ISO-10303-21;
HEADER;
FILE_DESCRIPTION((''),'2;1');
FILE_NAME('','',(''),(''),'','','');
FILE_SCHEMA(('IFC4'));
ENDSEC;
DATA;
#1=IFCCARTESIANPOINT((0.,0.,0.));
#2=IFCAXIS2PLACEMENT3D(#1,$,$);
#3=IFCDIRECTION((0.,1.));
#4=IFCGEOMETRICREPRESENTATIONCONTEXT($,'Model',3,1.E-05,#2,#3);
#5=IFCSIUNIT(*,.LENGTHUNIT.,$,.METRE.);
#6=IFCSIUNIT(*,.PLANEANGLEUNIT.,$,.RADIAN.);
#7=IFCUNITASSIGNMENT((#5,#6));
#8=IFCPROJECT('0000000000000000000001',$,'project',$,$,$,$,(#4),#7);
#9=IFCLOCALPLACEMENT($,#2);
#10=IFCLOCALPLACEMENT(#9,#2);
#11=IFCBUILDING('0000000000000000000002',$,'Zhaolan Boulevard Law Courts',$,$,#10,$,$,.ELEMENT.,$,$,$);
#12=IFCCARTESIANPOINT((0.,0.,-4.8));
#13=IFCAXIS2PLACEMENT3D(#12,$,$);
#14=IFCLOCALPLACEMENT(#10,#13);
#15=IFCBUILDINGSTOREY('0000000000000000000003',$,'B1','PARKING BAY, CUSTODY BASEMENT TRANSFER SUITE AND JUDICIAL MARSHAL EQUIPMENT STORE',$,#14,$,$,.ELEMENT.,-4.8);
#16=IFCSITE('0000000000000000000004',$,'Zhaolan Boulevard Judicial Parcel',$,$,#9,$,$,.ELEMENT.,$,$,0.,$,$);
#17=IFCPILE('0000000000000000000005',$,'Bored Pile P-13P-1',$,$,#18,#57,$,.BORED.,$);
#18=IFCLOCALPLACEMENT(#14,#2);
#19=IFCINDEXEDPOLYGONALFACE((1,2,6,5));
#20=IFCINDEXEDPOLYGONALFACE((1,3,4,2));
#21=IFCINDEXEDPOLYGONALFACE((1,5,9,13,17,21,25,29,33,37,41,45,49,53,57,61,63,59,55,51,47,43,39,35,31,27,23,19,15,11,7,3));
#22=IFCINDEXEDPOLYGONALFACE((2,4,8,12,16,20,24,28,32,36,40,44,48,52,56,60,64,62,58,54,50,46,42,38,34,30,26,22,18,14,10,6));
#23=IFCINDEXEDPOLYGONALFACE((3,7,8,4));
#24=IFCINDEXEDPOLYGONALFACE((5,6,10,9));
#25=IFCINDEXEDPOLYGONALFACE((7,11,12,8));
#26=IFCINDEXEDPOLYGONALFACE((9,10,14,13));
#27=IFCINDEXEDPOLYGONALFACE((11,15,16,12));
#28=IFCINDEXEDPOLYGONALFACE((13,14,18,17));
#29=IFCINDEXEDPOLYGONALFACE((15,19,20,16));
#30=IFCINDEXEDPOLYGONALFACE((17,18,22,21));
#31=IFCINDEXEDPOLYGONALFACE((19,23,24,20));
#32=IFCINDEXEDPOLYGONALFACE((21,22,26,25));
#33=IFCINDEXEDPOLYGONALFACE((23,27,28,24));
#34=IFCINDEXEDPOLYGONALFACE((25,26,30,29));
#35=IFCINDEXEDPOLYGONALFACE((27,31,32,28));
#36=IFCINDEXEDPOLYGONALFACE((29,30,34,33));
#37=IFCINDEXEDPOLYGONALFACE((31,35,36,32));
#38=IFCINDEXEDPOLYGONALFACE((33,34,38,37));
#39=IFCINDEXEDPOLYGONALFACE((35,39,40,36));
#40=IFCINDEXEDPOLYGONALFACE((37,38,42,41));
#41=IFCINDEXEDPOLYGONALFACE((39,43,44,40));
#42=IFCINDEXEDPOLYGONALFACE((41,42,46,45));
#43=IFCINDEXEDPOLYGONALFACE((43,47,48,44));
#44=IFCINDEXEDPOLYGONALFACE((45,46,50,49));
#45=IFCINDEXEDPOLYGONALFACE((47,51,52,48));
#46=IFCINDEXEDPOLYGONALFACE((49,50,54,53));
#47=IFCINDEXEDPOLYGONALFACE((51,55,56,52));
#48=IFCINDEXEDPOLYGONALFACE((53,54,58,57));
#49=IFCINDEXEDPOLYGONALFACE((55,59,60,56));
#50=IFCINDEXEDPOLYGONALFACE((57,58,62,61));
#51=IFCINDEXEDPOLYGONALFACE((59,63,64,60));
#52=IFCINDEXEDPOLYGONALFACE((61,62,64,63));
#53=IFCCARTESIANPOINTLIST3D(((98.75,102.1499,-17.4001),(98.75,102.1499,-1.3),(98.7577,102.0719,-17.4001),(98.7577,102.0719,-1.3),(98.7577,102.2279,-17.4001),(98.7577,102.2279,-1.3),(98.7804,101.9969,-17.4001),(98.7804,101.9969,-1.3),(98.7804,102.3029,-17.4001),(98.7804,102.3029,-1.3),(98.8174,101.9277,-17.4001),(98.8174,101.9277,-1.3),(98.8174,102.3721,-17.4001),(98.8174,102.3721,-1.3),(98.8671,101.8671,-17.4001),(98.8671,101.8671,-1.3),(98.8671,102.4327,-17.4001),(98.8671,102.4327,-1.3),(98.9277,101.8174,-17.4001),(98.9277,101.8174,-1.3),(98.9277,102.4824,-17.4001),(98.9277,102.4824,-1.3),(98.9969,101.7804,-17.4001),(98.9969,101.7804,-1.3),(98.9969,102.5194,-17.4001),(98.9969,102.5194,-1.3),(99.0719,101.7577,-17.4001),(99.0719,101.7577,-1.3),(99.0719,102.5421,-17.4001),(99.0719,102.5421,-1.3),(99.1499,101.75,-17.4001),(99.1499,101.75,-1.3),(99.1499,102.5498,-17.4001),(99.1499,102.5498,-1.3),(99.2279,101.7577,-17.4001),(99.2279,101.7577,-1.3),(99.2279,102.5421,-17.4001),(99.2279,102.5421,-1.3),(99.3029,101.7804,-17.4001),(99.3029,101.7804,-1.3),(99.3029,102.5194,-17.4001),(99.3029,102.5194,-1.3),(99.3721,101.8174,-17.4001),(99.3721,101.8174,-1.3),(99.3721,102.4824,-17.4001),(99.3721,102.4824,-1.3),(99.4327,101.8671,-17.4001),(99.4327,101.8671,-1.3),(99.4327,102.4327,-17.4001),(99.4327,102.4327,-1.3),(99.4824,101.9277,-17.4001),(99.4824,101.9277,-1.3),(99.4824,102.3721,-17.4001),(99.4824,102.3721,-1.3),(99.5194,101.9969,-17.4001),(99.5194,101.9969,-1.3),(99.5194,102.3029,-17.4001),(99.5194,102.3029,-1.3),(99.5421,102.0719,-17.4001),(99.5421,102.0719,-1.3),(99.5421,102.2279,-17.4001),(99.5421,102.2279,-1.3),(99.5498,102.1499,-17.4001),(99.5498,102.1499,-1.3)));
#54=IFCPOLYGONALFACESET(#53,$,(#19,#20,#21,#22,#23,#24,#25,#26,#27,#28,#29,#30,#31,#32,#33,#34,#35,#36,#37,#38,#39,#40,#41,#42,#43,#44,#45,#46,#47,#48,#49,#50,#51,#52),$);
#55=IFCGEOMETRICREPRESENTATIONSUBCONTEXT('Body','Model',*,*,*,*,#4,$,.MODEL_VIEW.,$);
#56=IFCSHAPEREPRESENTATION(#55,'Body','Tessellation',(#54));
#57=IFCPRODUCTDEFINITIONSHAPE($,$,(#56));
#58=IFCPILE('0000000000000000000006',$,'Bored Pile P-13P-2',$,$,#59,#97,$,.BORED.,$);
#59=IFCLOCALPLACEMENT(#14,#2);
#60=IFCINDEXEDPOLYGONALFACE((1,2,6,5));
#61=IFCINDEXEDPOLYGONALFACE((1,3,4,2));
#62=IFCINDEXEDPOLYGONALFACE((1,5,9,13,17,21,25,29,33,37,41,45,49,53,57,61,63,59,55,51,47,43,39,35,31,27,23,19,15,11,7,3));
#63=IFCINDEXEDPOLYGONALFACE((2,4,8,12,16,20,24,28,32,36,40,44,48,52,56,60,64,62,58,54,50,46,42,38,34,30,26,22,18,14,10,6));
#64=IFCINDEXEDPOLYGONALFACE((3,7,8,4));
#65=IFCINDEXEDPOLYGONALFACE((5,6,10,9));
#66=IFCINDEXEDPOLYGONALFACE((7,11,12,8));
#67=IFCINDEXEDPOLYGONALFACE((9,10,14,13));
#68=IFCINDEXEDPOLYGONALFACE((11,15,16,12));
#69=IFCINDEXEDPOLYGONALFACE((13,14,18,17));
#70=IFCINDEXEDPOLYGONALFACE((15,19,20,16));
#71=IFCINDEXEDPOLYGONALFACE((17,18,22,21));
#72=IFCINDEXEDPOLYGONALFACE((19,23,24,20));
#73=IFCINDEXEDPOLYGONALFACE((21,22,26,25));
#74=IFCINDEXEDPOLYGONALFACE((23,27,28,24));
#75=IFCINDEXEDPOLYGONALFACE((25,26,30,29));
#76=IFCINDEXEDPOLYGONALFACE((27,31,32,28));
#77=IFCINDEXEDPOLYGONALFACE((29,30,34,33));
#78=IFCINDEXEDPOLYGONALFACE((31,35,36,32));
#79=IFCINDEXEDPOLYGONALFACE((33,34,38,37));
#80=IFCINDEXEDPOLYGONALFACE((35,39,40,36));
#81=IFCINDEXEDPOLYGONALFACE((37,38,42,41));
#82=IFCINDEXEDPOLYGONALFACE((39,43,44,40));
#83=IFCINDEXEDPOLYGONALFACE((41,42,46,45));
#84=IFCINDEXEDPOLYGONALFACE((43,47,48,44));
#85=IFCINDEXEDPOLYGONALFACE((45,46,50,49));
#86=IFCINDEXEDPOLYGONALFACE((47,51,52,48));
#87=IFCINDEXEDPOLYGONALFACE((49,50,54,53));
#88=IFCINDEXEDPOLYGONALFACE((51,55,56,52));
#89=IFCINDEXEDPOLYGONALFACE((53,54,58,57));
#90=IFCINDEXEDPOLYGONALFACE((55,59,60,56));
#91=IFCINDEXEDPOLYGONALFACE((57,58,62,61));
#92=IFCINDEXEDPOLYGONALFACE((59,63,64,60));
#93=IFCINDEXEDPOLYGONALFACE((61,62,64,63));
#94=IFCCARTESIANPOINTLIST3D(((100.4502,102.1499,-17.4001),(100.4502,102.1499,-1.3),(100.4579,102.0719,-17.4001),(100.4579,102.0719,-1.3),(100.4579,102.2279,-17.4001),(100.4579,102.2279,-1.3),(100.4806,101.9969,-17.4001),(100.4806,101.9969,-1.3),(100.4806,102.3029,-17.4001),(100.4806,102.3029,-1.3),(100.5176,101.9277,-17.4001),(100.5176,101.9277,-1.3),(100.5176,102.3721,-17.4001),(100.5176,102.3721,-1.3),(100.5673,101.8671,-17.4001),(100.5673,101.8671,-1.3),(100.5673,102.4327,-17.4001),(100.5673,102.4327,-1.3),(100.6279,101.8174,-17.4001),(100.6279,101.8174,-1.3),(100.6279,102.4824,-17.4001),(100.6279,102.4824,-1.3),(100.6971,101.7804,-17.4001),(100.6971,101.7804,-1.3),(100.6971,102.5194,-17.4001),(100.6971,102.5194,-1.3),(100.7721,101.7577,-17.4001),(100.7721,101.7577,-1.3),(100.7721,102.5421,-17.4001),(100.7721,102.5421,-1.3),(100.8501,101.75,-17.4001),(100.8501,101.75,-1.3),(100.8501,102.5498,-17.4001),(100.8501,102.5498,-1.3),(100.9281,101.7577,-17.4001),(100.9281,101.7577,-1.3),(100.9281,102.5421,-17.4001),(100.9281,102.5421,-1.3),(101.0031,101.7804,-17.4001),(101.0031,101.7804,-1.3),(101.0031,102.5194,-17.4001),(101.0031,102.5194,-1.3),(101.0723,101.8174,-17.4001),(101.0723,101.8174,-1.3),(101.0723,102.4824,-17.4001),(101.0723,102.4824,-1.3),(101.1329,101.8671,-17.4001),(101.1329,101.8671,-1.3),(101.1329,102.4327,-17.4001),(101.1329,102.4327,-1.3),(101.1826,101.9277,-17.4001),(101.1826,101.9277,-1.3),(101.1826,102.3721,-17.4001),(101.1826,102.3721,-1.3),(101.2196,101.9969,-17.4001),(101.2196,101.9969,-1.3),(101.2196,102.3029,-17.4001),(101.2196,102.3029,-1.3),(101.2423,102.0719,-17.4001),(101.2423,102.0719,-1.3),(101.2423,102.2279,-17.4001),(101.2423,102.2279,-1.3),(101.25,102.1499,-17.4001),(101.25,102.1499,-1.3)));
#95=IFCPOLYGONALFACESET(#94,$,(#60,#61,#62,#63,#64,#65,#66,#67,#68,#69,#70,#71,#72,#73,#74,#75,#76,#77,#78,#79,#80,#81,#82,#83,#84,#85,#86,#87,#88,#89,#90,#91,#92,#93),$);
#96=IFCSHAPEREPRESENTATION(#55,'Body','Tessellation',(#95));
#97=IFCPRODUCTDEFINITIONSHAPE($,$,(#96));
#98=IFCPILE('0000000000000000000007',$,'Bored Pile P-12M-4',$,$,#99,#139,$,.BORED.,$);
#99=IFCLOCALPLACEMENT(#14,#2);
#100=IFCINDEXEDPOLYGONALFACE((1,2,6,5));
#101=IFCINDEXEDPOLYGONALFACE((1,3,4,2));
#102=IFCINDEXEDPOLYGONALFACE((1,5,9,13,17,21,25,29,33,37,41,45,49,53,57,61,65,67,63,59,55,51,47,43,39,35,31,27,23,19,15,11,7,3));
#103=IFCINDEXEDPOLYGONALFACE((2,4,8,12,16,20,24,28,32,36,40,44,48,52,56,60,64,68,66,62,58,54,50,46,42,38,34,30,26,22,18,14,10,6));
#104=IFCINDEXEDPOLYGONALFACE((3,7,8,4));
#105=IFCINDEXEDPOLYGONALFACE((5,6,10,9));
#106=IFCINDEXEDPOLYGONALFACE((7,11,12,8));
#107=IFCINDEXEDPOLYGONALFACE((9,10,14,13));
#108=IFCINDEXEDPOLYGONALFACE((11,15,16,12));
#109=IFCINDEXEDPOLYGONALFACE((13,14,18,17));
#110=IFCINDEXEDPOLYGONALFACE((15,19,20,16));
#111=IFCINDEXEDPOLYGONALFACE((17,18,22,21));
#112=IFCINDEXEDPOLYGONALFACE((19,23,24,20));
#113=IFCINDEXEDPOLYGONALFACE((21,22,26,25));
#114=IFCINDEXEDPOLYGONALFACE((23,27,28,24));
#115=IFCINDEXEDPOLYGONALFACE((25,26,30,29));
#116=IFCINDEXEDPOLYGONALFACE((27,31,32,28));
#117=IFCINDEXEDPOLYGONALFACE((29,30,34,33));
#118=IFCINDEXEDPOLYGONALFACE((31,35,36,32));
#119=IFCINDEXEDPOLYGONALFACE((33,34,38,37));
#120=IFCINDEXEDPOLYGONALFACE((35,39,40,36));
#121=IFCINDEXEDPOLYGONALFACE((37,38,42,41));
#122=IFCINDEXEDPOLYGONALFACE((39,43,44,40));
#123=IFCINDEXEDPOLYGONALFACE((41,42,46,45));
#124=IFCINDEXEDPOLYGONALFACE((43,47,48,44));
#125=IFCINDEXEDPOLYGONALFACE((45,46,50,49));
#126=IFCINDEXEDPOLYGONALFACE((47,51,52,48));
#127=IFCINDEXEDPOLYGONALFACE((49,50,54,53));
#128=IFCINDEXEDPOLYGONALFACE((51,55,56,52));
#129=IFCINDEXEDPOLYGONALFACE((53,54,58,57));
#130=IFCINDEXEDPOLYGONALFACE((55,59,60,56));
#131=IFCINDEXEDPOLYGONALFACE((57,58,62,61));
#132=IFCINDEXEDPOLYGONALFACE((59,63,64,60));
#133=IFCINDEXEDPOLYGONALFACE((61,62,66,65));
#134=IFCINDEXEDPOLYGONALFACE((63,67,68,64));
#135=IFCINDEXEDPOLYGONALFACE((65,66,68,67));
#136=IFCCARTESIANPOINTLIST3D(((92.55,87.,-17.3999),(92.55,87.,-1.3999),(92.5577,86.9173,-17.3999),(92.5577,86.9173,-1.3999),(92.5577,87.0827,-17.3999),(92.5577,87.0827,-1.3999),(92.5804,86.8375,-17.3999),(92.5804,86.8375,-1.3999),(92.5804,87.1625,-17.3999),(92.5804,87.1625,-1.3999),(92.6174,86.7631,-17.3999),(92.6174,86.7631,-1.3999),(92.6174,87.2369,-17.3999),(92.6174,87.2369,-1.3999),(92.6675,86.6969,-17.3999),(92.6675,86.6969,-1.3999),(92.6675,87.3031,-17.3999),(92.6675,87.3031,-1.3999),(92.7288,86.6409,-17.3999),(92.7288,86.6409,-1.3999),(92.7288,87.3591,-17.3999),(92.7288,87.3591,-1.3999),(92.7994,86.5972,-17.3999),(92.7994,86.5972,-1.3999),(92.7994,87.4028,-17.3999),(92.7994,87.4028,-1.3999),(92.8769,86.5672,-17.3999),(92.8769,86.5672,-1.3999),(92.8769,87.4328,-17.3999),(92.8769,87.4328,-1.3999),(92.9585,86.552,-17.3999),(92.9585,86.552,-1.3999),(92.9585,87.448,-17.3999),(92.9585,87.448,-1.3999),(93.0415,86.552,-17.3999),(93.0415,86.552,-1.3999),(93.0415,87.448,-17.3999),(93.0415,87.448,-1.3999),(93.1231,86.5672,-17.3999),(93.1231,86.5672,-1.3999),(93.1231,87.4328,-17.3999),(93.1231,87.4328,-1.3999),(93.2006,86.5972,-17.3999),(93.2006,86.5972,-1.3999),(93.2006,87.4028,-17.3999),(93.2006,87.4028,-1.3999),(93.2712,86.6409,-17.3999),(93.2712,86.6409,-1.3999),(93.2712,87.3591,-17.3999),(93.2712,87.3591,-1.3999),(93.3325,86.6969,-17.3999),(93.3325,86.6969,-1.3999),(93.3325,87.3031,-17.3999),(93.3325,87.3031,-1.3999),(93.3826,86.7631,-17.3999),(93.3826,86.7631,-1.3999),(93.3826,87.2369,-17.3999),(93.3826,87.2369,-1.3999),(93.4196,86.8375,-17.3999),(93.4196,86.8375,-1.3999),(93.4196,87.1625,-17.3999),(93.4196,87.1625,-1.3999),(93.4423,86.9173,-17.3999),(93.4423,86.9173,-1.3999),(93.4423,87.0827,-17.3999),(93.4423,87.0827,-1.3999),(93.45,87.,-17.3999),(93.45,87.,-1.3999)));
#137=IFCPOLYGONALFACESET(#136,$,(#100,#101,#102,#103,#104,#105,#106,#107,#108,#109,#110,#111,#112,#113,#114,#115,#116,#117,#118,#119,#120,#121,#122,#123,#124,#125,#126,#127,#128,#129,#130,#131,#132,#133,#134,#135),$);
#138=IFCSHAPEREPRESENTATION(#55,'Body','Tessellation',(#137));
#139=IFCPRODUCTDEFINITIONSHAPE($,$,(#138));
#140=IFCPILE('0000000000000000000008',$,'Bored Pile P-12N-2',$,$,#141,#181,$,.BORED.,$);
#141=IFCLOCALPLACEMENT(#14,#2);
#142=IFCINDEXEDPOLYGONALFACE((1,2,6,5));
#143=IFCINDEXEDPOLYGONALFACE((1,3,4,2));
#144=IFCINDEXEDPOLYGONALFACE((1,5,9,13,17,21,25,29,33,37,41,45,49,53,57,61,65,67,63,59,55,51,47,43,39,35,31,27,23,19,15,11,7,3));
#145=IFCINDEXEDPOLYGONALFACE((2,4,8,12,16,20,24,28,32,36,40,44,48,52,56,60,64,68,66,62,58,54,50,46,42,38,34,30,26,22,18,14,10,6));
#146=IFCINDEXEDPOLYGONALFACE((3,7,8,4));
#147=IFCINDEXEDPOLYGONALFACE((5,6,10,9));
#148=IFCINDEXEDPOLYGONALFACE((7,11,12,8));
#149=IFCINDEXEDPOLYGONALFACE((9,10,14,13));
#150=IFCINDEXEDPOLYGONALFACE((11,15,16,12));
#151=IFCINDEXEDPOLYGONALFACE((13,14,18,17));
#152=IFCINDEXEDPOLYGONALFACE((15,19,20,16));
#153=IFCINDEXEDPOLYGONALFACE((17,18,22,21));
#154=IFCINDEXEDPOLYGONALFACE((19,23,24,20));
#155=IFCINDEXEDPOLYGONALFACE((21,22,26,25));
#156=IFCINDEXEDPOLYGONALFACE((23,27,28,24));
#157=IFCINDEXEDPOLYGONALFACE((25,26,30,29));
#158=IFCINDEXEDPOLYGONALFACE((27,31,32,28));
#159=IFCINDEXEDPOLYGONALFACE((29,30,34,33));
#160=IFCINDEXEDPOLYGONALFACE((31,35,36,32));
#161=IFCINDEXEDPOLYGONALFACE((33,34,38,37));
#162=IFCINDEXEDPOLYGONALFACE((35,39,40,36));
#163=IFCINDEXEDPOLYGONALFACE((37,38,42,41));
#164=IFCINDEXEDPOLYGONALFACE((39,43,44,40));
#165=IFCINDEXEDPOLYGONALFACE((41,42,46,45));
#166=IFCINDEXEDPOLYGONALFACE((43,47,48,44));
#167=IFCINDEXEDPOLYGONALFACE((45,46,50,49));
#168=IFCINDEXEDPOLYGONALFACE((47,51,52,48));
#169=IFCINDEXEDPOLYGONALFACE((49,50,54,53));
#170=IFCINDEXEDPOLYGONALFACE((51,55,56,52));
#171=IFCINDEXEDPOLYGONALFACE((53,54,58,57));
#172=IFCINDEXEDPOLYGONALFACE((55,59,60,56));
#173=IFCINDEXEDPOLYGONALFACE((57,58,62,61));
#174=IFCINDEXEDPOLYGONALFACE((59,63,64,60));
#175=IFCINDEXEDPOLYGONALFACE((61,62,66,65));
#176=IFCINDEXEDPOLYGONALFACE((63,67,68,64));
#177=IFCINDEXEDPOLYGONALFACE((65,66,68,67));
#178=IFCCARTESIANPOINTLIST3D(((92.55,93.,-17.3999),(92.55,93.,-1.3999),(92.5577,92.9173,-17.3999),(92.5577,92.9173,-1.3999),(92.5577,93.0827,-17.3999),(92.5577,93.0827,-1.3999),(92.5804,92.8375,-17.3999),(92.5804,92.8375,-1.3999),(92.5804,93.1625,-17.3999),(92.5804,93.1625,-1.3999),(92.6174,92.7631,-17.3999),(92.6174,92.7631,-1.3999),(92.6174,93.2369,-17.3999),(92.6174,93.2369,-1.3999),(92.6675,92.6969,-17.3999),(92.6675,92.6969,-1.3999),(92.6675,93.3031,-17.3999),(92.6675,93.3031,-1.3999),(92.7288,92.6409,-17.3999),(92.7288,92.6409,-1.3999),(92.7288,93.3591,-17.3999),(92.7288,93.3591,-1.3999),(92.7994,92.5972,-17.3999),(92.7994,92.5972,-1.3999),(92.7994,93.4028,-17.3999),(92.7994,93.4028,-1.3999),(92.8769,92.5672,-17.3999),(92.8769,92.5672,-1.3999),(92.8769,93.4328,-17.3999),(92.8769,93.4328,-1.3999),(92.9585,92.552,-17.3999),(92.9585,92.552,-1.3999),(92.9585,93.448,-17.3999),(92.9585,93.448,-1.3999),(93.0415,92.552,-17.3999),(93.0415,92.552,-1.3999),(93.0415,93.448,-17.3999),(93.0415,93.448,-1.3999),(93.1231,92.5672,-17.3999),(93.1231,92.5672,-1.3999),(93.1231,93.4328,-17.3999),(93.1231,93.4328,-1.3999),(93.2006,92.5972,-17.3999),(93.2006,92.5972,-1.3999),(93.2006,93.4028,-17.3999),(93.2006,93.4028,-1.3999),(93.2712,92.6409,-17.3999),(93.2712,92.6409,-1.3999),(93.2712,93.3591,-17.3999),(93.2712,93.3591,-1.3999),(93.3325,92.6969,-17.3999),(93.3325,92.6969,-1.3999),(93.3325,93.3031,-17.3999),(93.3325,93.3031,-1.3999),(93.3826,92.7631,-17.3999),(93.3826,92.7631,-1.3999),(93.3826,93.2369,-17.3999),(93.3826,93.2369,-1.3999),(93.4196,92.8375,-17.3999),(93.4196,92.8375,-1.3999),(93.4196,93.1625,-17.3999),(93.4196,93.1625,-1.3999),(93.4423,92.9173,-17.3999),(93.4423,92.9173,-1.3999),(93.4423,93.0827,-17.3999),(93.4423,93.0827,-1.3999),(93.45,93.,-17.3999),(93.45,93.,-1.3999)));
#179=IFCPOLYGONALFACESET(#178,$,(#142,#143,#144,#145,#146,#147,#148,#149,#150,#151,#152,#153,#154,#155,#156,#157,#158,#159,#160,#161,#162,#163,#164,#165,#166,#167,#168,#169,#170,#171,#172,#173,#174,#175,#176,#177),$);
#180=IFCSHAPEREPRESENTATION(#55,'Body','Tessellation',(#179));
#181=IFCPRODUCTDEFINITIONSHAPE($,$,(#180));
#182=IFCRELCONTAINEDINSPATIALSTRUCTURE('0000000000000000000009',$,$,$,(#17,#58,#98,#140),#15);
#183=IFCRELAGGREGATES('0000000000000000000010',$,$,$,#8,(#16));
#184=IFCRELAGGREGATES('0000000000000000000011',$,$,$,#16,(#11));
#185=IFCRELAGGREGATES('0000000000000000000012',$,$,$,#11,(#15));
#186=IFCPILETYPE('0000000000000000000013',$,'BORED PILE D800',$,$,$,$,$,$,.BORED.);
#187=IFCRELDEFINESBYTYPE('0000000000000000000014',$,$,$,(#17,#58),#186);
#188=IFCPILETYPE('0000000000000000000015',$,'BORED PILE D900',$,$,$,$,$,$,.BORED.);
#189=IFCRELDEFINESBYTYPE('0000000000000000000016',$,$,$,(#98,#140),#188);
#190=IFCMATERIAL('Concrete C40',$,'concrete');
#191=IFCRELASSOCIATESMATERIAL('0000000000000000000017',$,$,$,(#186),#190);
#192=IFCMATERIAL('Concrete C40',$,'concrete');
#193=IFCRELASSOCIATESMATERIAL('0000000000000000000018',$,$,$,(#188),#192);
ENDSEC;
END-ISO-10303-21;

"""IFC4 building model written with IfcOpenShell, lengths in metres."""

from ifc_helpers import new_model, si_unit, direction, frame, origin, origin_2d, place, context, subcontext, project, spatial, circle, extrude, material, material_profile, profile_set, type_object, element, save


model = new_model("IFC4")

# Units and contexts
model_context = context("Model", 3, precision=1e-05, world=origin(), true_north=direction((0.0, 1.0)))
body_context = subcontext(model_context, "Body", "Model", "MODEL_VIEW")
ifc_project = project(units=[si_unit("LENGTHUNIT", "METRE"), si_unit("PLANEANGLEUNIT", "RADIAN")], contexts=[model_context])

# Site, building, storey
site_placement = place(None, origin())
site = spatial("IfcSite", under=ifc_project, at=site_placement, Name="Zhaolan Boulevard Judicial Parcel", CompositionType="ELEMENT", RefElevation=0.0)
building_placement = place(site_placement, origin())
building = spatial("IfcBuilding", under=site, at=building_placement, Name="Zhaolan Boulevard Law Courts", CompositionType="ELEMENT")
storey_placement = place(building_placement, frame((0.0, 0.0, -4.8)))
storey = spatial("IfcBuildingStorey", under=building, at=storey_placement, Name="B1", Description="PARKING BAY, CUSTODY BASEMENT TRANSFER SUITE AND JUDICIAL MARSHAL EQUIPMENT STORE", CompositionType="ELEMENT", Elevation=-4.8)

# Piles
ifc_material_1 = material(Name="Concrete C40", Category="concrete")
ifc_material_profile_1 = material_profile(ifc_material_1, circle(Radius=0.3999, at=origin_2d()), Name="PILE-D800")
ifc_profile_set_1 = profile_set([ifc_material_profile_1], Name="Concrete C40")
pile_type_1 = type_object("IfcPileType", Name="BORED PILE D800", PredefinedType="BORED", material=ifc_profile_set_1)
for number, where, z_axis, x_axis, name in (
    (1, (99.1499, 102.1499, -1.3), (0.0, 0.0, -1.0), (1.0, 0.0, 0.0), "Bored Pile P-13P-1"),
    (2, (100.8501, 102.1499, -1.3), (0.0, 0.0, -1.0), (1.0, 0.0, 0.0), "Bored Pile P-13P-2"),
):
    element("IfcPile", number, at=place(storey_placement, frame(where, z_axis=z_axis, x_axis=x_axis)), inside=storey, type_object=pile_type_1, Name=name, PredefinedType="BORED", context=body_context, shape_type="SweptSolid", body=[
        extrude(circle(Radius=0.3999, at=origin_2d()), origin(), (0.0, 0.0, 1.0), 16.1001),
    ])
ifc_material_2 = material(Name="Concrete C40", Category="concrete")
ifc_material_profile_2 = material_profile(ifc_material_2, circle(Radius=0.45, at=origin_2d()), Name="PILE-D900")
ifc_profile_set_2 = profile_set([ifc_material_profile_2], Name="Concrete C40")
pile_type_2 = type_object("IfcPileType", Name="BORED PILE D900", PredefinedType="BORED", material=ifc_profile_set_2)
for number, where, z_axis, x_axis, name in (
    (3, (93.0, 87.0, -1.3999), (0.0, 0.0, -1.0), (1.0, 0.0, 0.0), "Bored Pile P-12M-4"),
    (4, (93.0, 93.0, -1.3999), (0.0, 0.0, -1.0), (1.0, 0.0, 0.0), "Bored Pile P-12N-2"),
):
    element("IfcPile", number, at=place(storey_placement, frame(where, z_axis=z_axis, x_axis=x_axis)), inside=storey, type_object=pile_type_2, Name=name, PredefinedType="BORED", context=body_context, shape_type="SweptSolid", body=[
        extrude(circle(Radius=0.45, at=origin_2d()), origin(), (0.0, 0.0, 1.0), 16.0),
    ])

save(model, "model.ifc")
